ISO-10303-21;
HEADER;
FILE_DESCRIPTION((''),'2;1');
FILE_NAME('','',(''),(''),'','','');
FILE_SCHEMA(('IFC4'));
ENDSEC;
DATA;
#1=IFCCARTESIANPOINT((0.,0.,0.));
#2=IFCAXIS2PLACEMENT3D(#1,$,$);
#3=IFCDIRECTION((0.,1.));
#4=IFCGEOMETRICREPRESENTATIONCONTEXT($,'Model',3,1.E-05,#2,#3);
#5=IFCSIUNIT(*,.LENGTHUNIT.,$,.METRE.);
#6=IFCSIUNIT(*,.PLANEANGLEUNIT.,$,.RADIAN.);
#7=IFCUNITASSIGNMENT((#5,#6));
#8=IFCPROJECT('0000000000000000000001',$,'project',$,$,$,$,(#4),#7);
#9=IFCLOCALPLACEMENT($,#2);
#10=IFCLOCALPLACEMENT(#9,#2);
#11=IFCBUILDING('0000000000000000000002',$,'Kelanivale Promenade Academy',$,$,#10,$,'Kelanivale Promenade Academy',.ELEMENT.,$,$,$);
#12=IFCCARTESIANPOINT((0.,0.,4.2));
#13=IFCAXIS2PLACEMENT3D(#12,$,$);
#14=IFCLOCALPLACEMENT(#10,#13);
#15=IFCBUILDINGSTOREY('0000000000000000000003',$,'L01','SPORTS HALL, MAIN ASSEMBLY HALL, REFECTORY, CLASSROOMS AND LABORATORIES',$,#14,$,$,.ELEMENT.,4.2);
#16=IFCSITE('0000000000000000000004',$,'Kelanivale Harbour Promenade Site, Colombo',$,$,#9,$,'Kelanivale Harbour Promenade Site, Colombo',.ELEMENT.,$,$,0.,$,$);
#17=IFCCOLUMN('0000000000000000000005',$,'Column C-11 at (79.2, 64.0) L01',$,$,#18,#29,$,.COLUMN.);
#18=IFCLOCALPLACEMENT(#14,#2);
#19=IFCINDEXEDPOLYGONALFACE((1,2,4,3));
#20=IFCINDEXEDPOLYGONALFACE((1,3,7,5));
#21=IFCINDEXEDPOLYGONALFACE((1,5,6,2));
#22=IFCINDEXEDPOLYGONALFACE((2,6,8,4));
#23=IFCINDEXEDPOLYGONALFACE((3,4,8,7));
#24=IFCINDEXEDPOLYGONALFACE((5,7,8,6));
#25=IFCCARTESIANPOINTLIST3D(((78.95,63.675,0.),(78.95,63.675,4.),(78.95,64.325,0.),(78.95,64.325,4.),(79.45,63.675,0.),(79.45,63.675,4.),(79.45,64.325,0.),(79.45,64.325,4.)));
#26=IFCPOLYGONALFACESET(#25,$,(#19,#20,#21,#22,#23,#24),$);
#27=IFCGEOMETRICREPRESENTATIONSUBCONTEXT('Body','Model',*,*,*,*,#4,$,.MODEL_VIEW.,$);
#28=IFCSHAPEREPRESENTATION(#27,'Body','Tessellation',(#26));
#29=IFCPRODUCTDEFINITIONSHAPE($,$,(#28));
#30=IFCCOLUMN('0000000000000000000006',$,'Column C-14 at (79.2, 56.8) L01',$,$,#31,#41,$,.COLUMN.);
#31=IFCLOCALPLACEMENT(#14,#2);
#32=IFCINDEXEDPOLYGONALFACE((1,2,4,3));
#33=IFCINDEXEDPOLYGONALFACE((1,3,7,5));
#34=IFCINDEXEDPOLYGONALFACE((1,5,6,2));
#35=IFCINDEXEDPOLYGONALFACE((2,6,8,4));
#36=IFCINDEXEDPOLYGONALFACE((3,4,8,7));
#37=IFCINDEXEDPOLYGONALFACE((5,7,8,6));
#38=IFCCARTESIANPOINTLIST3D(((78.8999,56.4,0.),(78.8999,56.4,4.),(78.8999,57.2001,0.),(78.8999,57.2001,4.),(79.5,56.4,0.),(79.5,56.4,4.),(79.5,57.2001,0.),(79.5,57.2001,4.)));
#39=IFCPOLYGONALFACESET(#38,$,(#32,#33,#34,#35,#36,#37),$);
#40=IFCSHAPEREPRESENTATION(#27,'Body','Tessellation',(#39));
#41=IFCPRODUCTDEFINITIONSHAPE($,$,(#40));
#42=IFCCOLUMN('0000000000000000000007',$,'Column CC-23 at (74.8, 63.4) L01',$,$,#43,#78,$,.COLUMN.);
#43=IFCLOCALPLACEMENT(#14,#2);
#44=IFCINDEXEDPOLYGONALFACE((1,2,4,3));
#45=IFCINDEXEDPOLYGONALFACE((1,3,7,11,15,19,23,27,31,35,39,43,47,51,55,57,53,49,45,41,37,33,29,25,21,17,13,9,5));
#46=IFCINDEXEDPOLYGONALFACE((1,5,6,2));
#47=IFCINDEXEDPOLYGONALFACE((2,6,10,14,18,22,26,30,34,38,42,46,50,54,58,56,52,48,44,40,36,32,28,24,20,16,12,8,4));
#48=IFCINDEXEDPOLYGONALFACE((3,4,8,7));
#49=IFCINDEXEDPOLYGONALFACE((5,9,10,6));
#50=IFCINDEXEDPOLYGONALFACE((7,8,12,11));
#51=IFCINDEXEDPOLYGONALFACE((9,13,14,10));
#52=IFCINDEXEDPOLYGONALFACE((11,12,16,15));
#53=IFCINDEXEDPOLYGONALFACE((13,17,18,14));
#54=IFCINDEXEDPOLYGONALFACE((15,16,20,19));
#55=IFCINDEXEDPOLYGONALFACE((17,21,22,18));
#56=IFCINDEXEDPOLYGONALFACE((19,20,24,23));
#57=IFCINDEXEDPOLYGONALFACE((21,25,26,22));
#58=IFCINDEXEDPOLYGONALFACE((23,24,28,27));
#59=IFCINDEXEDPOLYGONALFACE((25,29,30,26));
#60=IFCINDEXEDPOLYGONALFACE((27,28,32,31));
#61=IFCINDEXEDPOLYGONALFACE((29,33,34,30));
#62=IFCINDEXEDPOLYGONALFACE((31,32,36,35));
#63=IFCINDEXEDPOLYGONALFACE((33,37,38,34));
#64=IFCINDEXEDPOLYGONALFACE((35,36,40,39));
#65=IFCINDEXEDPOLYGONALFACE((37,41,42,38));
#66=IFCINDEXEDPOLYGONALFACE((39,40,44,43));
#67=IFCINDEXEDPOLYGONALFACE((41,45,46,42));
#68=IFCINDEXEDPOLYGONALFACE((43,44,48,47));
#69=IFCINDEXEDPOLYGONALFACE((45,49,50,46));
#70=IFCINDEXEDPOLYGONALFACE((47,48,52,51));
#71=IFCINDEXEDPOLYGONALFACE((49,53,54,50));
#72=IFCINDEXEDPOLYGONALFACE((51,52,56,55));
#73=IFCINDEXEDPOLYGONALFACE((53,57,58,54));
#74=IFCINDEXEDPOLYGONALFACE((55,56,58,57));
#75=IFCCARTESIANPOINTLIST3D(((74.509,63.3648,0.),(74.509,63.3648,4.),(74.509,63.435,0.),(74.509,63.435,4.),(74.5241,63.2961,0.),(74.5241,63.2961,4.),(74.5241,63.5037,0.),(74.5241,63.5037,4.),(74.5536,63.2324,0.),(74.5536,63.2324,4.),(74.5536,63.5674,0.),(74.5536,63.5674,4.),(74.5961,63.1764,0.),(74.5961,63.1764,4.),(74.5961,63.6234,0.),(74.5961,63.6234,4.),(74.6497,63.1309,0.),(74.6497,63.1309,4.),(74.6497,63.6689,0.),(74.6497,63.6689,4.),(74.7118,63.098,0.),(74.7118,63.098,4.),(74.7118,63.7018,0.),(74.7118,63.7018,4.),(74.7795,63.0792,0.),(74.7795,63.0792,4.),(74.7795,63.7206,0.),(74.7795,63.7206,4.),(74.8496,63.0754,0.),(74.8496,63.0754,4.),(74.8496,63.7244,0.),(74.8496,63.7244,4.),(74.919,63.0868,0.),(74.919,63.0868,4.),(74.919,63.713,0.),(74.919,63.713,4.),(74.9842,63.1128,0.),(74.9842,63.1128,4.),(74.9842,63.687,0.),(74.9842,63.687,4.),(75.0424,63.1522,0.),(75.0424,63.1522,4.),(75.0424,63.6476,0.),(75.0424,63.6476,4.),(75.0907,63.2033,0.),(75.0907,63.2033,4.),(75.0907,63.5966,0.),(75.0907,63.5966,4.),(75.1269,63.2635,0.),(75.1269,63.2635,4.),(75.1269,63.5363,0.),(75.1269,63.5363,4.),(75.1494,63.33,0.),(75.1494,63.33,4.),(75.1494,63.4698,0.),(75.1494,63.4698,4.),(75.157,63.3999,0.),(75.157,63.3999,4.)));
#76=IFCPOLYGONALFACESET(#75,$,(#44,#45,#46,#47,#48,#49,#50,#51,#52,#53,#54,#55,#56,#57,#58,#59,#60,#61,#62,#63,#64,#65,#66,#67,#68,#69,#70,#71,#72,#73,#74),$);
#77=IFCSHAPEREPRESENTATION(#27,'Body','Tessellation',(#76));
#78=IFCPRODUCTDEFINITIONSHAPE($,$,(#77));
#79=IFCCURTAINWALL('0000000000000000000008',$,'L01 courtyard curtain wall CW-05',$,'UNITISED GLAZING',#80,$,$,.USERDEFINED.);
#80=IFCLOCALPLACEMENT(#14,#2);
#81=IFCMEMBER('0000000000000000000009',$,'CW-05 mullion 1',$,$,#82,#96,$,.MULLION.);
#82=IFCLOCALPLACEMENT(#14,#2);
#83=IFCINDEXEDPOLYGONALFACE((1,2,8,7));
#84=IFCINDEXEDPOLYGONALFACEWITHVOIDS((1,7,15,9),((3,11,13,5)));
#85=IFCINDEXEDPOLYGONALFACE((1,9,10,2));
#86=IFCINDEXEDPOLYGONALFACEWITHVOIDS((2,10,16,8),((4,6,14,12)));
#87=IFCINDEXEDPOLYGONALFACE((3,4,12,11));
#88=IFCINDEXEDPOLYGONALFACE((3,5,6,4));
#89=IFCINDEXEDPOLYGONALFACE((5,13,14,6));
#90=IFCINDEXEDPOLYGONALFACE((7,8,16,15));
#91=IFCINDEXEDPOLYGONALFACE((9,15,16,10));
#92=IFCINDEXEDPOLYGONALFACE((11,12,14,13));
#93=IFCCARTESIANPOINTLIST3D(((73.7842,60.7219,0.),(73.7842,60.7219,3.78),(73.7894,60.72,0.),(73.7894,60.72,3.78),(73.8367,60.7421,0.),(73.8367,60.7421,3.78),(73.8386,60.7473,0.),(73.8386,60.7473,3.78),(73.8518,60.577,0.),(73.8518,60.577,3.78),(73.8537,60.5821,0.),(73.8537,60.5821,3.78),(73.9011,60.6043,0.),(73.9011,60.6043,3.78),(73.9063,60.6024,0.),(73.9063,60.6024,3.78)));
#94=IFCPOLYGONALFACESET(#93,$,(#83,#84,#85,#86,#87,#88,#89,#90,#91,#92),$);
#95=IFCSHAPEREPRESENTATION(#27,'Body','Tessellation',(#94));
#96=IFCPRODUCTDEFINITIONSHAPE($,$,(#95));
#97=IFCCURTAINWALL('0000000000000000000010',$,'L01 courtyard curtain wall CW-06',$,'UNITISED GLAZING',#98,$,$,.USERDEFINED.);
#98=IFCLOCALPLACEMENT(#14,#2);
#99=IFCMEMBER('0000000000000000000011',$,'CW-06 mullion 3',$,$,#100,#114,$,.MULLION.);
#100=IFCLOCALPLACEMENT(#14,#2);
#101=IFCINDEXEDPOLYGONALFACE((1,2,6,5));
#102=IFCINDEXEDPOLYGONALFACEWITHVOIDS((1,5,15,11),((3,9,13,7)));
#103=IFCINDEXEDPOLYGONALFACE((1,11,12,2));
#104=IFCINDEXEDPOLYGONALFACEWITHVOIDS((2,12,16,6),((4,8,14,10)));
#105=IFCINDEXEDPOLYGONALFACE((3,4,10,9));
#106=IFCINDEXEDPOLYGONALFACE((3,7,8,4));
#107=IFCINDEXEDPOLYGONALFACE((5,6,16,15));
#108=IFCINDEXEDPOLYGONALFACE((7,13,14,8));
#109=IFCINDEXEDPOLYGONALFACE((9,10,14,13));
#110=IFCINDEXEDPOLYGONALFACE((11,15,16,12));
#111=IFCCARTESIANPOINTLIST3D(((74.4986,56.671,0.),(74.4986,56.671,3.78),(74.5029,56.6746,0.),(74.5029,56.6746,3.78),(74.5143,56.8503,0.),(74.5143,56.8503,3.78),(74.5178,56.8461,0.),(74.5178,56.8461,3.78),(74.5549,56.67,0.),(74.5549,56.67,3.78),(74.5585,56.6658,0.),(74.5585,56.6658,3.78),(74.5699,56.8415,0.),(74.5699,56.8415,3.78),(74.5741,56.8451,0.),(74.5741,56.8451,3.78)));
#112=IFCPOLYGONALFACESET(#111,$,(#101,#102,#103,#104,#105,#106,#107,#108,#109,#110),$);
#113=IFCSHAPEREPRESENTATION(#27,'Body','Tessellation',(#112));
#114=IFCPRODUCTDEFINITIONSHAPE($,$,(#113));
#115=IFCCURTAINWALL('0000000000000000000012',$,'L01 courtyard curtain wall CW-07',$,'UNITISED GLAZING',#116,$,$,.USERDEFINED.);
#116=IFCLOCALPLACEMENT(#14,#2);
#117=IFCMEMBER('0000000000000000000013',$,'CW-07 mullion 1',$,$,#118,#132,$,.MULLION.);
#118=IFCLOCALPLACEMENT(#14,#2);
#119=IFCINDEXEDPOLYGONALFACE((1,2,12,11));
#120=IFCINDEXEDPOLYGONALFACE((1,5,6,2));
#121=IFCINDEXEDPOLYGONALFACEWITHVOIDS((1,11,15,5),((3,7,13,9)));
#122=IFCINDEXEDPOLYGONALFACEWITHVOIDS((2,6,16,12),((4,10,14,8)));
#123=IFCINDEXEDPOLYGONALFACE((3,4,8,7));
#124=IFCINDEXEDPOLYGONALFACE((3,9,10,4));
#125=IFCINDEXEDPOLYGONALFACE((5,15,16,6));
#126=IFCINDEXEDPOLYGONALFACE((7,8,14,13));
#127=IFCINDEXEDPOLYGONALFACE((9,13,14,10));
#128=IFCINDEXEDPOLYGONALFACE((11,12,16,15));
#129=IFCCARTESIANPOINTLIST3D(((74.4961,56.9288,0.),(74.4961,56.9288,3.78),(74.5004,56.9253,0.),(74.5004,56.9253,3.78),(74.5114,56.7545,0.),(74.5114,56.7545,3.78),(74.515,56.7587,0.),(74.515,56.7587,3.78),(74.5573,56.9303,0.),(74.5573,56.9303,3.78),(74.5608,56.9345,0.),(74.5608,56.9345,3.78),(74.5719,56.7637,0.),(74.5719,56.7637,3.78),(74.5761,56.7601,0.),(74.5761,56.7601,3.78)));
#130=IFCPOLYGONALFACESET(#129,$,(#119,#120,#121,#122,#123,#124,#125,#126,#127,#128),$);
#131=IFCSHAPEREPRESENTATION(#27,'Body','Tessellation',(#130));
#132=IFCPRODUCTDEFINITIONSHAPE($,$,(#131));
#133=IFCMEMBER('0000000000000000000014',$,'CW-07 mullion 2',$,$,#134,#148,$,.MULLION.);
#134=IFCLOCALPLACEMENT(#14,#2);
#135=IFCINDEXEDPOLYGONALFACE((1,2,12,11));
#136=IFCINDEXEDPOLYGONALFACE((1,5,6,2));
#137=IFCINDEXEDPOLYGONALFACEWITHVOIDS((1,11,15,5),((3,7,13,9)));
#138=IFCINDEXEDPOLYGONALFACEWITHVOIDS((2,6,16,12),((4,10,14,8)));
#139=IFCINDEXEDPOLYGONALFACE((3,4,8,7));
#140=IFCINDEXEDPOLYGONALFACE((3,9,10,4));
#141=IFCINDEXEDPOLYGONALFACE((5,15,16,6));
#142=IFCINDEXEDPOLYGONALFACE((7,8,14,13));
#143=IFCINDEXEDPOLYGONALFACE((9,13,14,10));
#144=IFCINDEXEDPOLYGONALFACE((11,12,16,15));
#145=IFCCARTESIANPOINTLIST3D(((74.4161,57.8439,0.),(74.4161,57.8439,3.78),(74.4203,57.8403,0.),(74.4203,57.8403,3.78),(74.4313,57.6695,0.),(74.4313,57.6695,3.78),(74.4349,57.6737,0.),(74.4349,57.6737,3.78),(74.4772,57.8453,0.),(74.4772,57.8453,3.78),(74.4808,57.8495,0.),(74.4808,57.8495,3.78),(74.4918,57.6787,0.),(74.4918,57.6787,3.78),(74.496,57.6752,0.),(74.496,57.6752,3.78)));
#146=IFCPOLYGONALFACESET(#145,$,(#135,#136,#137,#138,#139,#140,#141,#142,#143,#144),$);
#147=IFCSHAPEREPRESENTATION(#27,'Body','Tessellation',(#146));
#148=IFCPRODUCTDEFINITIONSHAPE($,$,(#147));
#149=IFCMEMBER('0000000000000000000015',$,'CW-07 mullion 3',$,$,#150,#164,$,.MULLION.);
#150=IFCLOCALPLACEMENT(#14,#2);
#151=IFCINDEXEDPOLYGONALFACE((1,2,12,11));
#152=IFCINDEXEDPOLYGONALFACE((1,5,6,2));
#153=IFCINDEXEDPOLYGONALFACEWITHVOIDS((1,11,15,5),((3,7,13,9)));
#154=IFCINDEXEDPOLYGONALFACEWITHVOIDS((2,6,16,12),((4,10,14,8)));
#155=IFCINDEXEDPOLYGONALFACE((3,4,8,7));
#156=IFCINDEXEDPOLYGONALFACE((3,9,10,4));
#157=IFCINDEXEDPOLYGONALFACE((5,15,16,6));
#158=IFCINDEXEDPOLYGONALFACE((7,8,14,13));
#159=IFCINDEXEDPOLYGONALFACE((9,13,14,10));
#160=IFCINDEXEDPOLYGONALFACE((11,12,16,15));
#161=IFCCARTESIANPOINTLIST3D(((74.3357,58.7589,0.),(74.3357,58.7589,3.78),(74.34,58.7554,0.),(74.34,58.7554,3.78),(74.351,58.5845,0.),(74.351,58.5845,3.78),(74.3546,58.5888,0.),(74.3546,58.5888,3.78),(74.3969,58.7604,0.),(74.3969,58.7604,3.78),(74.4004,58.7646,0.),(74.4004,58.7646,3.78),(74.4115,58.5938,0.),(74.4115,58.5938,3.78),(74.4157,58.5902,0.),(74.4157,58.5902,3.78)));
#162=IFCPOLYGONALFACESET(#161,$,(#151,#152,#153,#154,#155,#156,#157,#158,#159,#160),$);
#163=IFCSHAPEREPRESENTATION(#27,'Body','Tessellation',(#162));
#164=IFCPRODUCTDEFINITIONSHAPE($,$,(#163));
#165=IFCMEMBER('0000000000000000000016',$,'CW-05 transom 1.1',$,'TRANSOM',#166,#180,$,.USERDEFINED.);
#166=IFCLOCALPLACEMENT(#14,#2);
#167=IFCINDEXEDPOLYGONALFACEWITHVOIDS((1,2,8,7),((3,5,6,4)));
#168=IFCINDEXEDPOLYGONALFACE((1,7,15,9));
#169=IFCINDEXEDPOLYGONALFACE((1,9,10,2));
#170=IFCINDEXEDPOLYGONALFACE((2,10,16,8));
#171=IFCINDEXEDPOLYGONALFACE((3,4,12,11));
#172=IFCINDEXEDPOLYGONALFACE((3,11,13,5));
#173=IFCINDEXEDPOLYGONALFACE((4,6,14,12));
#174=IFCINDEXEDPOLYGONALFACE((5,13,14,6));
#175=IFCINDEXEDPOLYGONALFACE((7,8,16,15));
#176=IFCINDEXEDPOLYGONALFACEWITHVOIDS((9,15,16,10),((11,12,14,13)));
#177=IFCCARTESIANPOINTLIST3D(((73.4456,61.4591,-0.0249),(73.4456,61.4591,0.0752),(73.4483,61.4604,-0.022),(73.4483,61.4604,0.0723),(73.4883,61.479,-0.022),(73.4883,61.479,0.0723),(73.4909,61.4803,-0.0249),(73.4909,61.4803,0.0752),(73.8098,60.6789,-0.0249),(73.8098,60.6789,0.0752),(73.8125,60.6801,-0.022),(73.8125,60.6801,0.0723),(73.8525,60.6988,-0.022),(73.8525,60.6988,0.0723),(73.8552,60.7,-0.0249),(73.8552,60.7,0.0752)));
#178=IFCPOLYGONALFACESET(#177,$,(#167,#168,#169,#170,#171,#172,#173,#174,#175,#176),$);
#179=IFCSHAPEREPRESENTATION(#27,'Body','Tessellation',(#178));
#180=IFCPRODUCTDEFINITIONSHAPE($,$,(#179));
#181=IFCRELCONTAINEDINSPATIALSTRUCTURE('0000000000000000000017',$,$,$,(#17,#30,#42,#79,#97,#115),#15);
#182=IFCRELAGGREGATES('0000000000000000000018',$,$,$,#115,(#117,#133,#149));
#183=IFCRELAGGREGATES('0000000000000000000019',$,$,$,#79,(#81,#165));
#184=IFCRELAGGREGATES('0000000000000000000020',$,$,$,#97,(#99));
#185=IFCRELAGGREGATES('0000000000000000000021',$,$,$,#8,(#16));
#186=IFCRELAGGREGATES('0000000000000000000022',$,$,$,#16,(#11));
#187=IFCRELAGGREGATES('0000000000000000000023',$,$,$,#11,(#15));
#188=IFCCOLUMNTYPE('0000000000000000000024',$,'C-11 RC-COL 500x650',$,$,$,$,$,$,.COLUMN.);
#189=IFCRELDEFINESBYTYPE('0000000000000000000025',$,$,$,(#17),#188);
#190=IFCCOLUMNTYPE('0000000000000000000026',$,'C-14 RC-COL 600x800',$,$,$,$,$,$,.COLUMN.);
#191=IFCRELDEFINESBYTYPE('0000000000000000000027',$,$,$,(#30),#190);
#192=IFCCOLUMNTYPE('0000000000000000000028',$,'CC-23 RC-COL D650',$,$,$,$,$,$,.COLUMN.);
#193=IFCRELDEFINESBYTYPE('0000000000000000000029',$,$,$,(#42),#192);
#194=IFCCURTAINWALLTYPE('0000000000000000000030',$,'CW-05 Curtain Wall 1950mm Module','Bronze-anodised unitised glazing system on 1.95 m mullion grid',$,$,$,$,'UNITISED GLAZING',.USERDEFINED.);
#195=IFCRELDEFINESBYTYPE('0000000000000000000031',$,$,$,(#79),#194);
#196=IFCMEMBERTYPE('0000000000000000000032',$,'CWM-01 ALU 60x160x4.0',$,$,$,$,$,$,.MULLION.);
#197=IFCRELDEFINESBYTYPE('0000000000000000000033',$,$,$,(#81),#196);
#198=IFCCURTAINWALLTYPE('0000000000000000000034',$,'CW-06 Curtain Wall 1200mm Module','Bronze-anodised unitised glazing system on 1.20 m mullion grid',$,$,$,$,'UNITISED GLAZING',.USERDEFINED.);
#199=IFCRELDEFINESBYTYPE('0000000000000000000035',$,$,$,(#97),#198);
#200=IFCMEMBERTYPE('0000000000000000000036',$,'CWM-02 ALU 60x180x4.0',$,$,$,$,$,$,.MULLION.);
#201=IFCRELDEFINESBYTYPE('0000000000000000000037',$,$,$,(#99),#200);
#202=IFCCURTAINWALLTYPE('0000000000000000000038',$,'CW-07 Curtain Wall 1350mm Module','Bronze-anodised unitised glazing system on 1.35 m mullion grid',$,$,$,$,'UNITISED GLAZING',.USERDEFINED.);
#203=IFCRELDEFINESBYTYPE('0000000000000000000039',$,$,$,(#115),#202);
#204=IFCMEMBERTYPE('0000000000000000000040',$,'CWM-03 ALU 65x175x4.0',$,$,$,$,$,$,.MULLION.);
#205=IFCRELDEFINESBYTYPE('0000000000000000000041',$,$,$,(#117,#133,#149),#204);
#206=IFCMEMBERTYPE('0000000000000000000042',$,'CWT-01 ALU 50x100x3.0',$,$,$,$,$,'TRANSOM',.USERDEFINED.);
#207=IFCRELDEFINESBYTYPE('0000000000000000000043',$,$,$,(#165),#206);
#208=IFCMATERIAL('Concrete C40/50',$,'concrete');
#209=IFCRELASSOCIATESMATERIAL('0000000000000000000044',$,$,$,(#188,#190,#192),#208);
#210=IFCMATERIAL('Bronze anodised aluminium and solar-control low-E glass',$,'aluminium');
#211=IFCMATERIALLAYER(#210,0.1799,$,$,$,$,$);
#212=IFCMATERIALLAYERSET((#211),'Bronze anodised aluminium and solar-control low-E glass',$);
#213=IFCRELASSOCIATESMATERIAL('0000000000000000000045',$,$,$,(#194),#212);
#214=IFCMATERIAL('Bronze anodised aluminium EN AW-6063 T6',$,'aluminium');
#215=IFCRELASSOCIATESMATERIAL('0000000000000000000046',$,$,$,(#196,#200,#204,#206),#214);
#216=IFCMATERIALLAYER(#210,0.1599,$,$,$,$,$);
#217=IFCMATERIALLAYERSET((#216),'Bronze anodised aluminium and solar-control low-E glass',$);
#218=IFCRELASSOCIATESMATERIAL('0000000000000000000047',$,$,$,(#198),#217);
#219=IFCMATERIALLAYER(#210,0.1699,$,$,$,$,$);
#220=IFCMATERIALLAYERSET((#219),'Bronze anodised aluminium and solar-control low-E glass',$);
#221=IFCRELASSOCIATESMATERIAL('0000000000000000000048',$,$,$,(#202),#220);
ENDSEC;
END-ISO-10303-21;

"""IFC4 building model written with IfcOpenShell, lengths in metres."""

from ifc_helpers import new_model, si_unit, direction, frame, origin, origin_2d, place, context, subcontext, project, spatial, rectangle, hollow_rectangle, circle, extrude, material, layer, layer_set, material_profile, profile_set, type_object, element, aggregate, save


model = new_model("IFC4")

# Units and contexts
model_context = context("Model", 3, precision=1e-05, world=origin(), true_north=direction((0.0, 1.0)))
body_context = subcontext(model_context, "Body", "Model", "MODEL_VIEW")
ifc_project = project(units=[si_unit("LENGTHUNIT", "METRE"), si_unit("PLANEANGLEUNIT", "RADIAN")], contexts=[model_context])

# Site, building, storey
site_placement = place(None, origin())
site = spatial("IfcSite", under=ifc_project, at=site_placement, Name="Kelanivale Harbour Promenade Site, Colombo", LongName="Kelanivale Harbour Promenade Site, Colombo", CompositionType="ELEMENT", RefElevation=0.0)
building_placement = place(site_placement, origin())
building = spatial("IfcBuilding", under=site, at=building_placement, Name="Kelanivale Promenade Academy", LongName="Kelanivale Promenade Academy", CompositionType="ELEMENT")
storey_placement = place(building_placement, frame((0.0, 0.0, 4.2)))
storey = spatial("IfcBuildingStorey", under=building, at=storey_placement, Name="L01", Description="SPORTS HALL, MAIN ASSEMBLY HALL, REFECTORY, CLASSROOMS AND LABORATORIES", CompositionType="ELEMENT", Elevation=4.2)

# Columns
ifc_material_1 = material(Name="Concrete C40/50", Category="concrete")
ifc_material_profile_1 = material_profile(ifc_material_1, rectangle(XDim=0.5, YDim=0.6499, at=origin_2d()), Name="RC-COL 500x650")
ifc_profile_set_1 = profile_set([ifc_material_profile_1], Name="Concrete C40/50")
column_type_1 = type_object("IfcColumnType", Name="C-11 RC-COL 500x650", PredefinedType="COLUMN", material=ifc_profile_set_1)
column_1_placement = place(storey_placement, frame((79.2, 64.0, 0.0), z_axis=(0.0, 0.0, 1.0), x_axis=(1.0, 0.0, 0.0)))
element("IfcColumn", 1, at=column_1_placement, inside=storey, type_object=column_type_1, Name="Column C-11 at (79.2, 64.0) L01", PredefinedType="COLUMN", context=body_context, shape_type="SweptSolid", body=[
    extrude(rectangle(XDim=0.5, YDim=0.6499, at=origin_2d()), origin(), (0.0, 0.0, 1.0), 4.0),
])
ifc_material_profile_2 = material_profile(ifc_material_1, rectangle(XDim=0.6001, YDim=0.8, at=origin_2d()), Name="RC-COL 600x800")
ifc_profile_set_2 = profile_set([ifc_material_profile_2], Name="Concrete C40/50")
column_type_2 = type_object("IfcColumnType", Name="C-14 RC-COL 600x800", PredefinedType="COLUMN", material=ifc_profile_set_2)
column_2_placement = place(storey_placement, frame((79.2, 56.8, 0.0), z_axis=(0.0, 0.0, 1.0), x_axis=(1.0, 0.0, 0.0)))
element("IfcColumn", 2, at=column_2_placement, inside=storey, type_object=column_type_2, Name="Column C-14 at (79.2, 56.8) L01", PredefinedType="COLUMN", context=body_context, shape_type="SweptSolid", body=[
    extrude(rectangle(XDim=0.6001, YDim=0.8, at=origin_2d()), origin(), (0.0, 0.0, 1.0), 4.0),
])
ifc_material_profile_3 = material_profile(ifc_material_1, circle(Radius=0.325, at=origin_2d()), Name="RC-COL D650")
ifc_profile_set_3 = profile_set([ifc_material_profile_3], Name="Concrete C40/50")
column_type_3 = type_object("IfcColumnType", Name="CC-23 RC-COL D650", PredefinedType="COLUMN", material=ifc_profile_set_3)
column_3_placement = place(storey_placement, frame((74.832, 63.3999, 0.0), z_axis=(0.0, 0.0, 1.0), x_axis=(1.0, 0.0, 0.0)))
element("IfcColumn", 3, at=column_3_placement, inside=storey, type_object=column_type_3, Name="Column CC-23 at (74.8, 63.4) L01", PredefinedType="COLUMN", context=body_context, shape_type="SweptSolid", body=[
    extrude(circle(Radius=0.325, at=origin_2d()), origin(), (0.0, 0.0, 1.0), 4.0),
])

# Curtain walls, members
ifc_material_2 = material(Name="Bronze anodised aluminium and solar-control low-E glass", Category="aluminium")
ifc_layer_1 = layer(ifc_material_2, 0.1799)
ifc_layer_set_1 = layer_set([ifc_layer_1], Name="Bronze anodised aluminium and solar-control low-E glass")
curtain_wall_type_1 = type_object("IfcCurtainWallType", Name="CW-05 Curtain Wall 1950mm Module", Description="Bronze-anodised unitised glazing system on 1.95 m mullion grid", ElementType="UNITISED GLAZING", PredefinedType="USERDEFINED", material=ifc_layer_set_1)
curtain_wall_1_placement = place(storey_placement, origin())
curtain_wall_1 = element("IfcCurtainWall", 4, at=curtain_wall_1_placement, inside=storey, type_object=curtain_wall_type_1, Name="L01 courtyard curtain wall CW-05", ObjectType="UNITISED GLAZING", PredefinedType="USERDEFINED")
ifc_material_3 = material(Name="Bronze anodised aluminium EN AW-6063 T6", Category="aluminium")
ifc_material_profile_4 = material_profile(ifc_material_3, hollow_rectangle(XDim=0.0601, YDim=0.1599, WallThickness=0.0039, at=origin_2d()), Name="ALU 60x160x4.0")
ifc_profile_set_4 = profile_set([ifc_material_profile_4], Name="Bronze anodised aluminium EN AW-6063 T6")
member_type_1 = type_object("IfcMemberType", Name="CWM-01 ALU 60x160x4.0", PredefinedType="MULLION", material=ifc_profile_set_4)
member_1_placement = place(storey_placement, frame((73.8452, 60.6621, 0.0), z_axis=(0.0, 0.0, 1.0), x_axis=(-0.906089, -0.423087, 0.0)))
member_1 = element("IfcMember", 5, at=member_1_placement, type_object=member_type_1, Name="CW-05 mullion 1", PredefinedType="MULLION", context=body_context, shape_type="SweptSolid", body=[
    extrude(hollow_rectangle(XDim=0.0601, YDim=0.1599, WallThickness=0.0039, at=origin_2d()), origin(), (0.0, 0.0, 1.0), 3.78),
])
ifc_layer_2 = layer(ifc_material_2, 0.1599)
ifc_layer_set_2 = layer_set([ifc_layer_2], Name="Bronze anodised aluminium and solar-control low-E glass")
curtain_wall_type_2 = type_object("IfcCurtainWallType", Name="CW-06 Curtain Wall 1200mm Module", Description="Bronze-anodised unitised glazing system on 1.20 m mullion grid", ElementType="UNITISED GLAZING", PredefinedType="USERDEFINED", material=ifc_layer_set_2)
curtain_wall_2_placement = place(storey_placement, origin())
curtain_wall_2 = element("IfcCurtainWall", 6, at=curtain_wall_2_placement, inside=storey, type_object=curtain_wall_type_2, Name="L01 courtyard curtain wall CW-06", ObjectType="UNITISED GLAZING", PredefinedType="USERDEFINED")
ifc_material_profile_5 = material_profile(ifc_material_3, hollow_rectangle(XDim=0.0601, YDim=0.1799, WallThickness=0.0039, at=origin_2d()), Name="ALU 60x180x4.0")
ifc_profile_set_5 = profile_set([ifc_material_profile_5], Name="Bronze anodised aluminium EN AW-6063 T6")
member_type_2 = type_object("IfcMemberType", Name="CWM-02 ALU 60x180x4.0", PredefinedType="MULLION", material=ifc_profile_set_5)
member_2_placement = place(storey_placement, frame((74.5364, 56.7581, 0.0), z_axis=(0.0, 0.0, 1.0), x_axis=(-0.996199, 0.087102, 0.0)))
member_2 = element("IfcMember", 7, at=member_2_placement, type_object=member_type_2, Name="CW-06 mullion 3", PredefinedType="MULLION", context=body_context, shape_type="SweptSolid", body=[
    extrude(hollow_rectangle(XDim=0.0601, YDim=0.1799, WallThickness=0.0039, at=origin_2d()), origin(), (0.0, 0.0, 1.0), 3.78),
])

# Curtain wall, members
ifc_layer_3 = layer(ifc_material_2, 0.1699)
ifc_layer_set_3 = layer_set([ifc_layer_3], Name="Bronze anodised aluminium and solar-control low-E glass")
curtain_wall_type_3 = type_object("IfcCurtainWallType", Name="CW-07 Curtain Wall 1350mm Module", Description="Bronze-anodised unitised glazing system on 1.35 m mullion grid", ElementType="UNITISED GLAZING", PredefinedType="USERDEFINED", material=ifc_layer_set_3)
curtain_wall_3_placement = place(storey_placement, origin())
curtain_wall_3 = element("IfcCurtainWall", 8, at=curtain_wall_3_placement, inside=storey, type_object=curtain_wall_type_3, Name="L01 courtyard curtain wall CW-07", ObjectType="UNITISED GLAZING", PredefinedType="USERDEFINED")
ifc_material_profile_6 = material_profile(ifc_material_3, hollow_rectangle(XDim=0.0649, YDim=0.175, WallThickness=0.0039, at=origin_2d()), Name="ALU 65x175x4.0")
ifc_profile_set_6 = profile_set([ifc_material_profile_6], Name="Bronze anodised aluminium EN AW-6063 T6")
member_type_3 = type_object("IfcMemberType", Name="CWM-03 ALU 65x175x4.0", PredefinedType="MULLION", material=ifc_profile_set_6)
member_3_placement = place(storey_placement, frame((74.5361, 56.8445, 0.0), z_axis=(0.0, 0.0, 1.0), x_axis=(-0.996185, -0.087265, 0.0)))
member_3 = element("IfcMember", 9, at=member_3_placement, type_object=member_type_3, Name="CW-07 mullion 1", PredefinedType="MULLION", context=body_context, shape_type="SweptSolid", body=[
    extrude(hollow_rectangle(XDim=0.0649, YDim=0.175, WallThickness=0.0039, at=origin_2d()), origin(), (0.0, 0.0, 1.0), 3.78),
])
member_4_placement = place(storey_placement, frame((74.4561, 57.7595, 0.0), z_axis=(0.0, 0.0, 1.0), x_axis=(-0.996185, -0.087265, 0.0)))
member_4 = element("IfcMember", 10, at=member_4_placement, type_object=member_type_3, Name="CW-07 mullion 2", PredefinedType="MULLION", context=body_context, shape_type="SweptSolid", body=[
    extrude(hollow_rectangle(XDim=0.0649, YDim=0.175, WallThickness=0.0039, at=origin_2d()), origin(), (0.0, 0.0, 1.0), 3.78),
])
member_5_placement = place(storey_placement, frame((74.3757, 58.6746, 0.0), z_axis=(0.0, 0.0, 1.0), x_axis=(-0.996185, -0.087265, 0.0)))
member_5 = element("IfcMember", 11, at=member_5_placement, type_object=member_type_3, Name="CW-07 mullion 3", PredefinedType="MULLION", context=body_context, shape_type="SweptSolid", body=[
    extrude(hollow_rectangle(XDim=0.0649, YDim=0.175, WallThickness=0.0039, at=origin_2d()), origin(), (0.0, 0.0, 1.0), 3.78),
])

# Member
ifc_material_profile_7 = material_profile(ifc_material_3, hollow_rectangle(XDim=0.05, YDim=0.1001, WallThickness=0.0029, at=origin_2d()), Name="ALU 50x100x3.0")
ifc_profile_set_7 = profile_set([ifc_material_profile_7], Name="Bronze anodised aluminium EN AW-6063 T6")
member_type_4 = type_object("IfcMemberType", Name="CWT-01 ALU 50x100x3.0", ElementType="TRANSOM", PredefinedType="USERDEFINED", material=ifc_profile_set_7)
member_6_placement = place(storey_placement, frame((73.8325, 60.6895, 0.0251), z_axis=(-0.42301, 0.906125, 0.0), x_axis=(-0.906125, -0.42301, 0.0)))
member_6 = element("IfcMember", 12, at=member_6_placement, type_object=member_type_4, Name="CW-05 transom 1.1", ObjectType="TRANSOM", PredefinedType="USERDEFINED", context=body_context, shape_type="SweptSolid", body=[
    extrude(hollow_rectangle(XDim=0.05, YDim=0.1001, WallThickness=0.0029, at=origin_2d()), origin(), (0.0, 0.0, 1.0), 0.8611),
])

aggregate(curtain_wall_3, [member_3, member_4, member_5])
aggregate(curtain_wall_1, [member_1, member_6])
aggregate(curtain_wall_2, [member_2])

save(model, "model.ifc")
